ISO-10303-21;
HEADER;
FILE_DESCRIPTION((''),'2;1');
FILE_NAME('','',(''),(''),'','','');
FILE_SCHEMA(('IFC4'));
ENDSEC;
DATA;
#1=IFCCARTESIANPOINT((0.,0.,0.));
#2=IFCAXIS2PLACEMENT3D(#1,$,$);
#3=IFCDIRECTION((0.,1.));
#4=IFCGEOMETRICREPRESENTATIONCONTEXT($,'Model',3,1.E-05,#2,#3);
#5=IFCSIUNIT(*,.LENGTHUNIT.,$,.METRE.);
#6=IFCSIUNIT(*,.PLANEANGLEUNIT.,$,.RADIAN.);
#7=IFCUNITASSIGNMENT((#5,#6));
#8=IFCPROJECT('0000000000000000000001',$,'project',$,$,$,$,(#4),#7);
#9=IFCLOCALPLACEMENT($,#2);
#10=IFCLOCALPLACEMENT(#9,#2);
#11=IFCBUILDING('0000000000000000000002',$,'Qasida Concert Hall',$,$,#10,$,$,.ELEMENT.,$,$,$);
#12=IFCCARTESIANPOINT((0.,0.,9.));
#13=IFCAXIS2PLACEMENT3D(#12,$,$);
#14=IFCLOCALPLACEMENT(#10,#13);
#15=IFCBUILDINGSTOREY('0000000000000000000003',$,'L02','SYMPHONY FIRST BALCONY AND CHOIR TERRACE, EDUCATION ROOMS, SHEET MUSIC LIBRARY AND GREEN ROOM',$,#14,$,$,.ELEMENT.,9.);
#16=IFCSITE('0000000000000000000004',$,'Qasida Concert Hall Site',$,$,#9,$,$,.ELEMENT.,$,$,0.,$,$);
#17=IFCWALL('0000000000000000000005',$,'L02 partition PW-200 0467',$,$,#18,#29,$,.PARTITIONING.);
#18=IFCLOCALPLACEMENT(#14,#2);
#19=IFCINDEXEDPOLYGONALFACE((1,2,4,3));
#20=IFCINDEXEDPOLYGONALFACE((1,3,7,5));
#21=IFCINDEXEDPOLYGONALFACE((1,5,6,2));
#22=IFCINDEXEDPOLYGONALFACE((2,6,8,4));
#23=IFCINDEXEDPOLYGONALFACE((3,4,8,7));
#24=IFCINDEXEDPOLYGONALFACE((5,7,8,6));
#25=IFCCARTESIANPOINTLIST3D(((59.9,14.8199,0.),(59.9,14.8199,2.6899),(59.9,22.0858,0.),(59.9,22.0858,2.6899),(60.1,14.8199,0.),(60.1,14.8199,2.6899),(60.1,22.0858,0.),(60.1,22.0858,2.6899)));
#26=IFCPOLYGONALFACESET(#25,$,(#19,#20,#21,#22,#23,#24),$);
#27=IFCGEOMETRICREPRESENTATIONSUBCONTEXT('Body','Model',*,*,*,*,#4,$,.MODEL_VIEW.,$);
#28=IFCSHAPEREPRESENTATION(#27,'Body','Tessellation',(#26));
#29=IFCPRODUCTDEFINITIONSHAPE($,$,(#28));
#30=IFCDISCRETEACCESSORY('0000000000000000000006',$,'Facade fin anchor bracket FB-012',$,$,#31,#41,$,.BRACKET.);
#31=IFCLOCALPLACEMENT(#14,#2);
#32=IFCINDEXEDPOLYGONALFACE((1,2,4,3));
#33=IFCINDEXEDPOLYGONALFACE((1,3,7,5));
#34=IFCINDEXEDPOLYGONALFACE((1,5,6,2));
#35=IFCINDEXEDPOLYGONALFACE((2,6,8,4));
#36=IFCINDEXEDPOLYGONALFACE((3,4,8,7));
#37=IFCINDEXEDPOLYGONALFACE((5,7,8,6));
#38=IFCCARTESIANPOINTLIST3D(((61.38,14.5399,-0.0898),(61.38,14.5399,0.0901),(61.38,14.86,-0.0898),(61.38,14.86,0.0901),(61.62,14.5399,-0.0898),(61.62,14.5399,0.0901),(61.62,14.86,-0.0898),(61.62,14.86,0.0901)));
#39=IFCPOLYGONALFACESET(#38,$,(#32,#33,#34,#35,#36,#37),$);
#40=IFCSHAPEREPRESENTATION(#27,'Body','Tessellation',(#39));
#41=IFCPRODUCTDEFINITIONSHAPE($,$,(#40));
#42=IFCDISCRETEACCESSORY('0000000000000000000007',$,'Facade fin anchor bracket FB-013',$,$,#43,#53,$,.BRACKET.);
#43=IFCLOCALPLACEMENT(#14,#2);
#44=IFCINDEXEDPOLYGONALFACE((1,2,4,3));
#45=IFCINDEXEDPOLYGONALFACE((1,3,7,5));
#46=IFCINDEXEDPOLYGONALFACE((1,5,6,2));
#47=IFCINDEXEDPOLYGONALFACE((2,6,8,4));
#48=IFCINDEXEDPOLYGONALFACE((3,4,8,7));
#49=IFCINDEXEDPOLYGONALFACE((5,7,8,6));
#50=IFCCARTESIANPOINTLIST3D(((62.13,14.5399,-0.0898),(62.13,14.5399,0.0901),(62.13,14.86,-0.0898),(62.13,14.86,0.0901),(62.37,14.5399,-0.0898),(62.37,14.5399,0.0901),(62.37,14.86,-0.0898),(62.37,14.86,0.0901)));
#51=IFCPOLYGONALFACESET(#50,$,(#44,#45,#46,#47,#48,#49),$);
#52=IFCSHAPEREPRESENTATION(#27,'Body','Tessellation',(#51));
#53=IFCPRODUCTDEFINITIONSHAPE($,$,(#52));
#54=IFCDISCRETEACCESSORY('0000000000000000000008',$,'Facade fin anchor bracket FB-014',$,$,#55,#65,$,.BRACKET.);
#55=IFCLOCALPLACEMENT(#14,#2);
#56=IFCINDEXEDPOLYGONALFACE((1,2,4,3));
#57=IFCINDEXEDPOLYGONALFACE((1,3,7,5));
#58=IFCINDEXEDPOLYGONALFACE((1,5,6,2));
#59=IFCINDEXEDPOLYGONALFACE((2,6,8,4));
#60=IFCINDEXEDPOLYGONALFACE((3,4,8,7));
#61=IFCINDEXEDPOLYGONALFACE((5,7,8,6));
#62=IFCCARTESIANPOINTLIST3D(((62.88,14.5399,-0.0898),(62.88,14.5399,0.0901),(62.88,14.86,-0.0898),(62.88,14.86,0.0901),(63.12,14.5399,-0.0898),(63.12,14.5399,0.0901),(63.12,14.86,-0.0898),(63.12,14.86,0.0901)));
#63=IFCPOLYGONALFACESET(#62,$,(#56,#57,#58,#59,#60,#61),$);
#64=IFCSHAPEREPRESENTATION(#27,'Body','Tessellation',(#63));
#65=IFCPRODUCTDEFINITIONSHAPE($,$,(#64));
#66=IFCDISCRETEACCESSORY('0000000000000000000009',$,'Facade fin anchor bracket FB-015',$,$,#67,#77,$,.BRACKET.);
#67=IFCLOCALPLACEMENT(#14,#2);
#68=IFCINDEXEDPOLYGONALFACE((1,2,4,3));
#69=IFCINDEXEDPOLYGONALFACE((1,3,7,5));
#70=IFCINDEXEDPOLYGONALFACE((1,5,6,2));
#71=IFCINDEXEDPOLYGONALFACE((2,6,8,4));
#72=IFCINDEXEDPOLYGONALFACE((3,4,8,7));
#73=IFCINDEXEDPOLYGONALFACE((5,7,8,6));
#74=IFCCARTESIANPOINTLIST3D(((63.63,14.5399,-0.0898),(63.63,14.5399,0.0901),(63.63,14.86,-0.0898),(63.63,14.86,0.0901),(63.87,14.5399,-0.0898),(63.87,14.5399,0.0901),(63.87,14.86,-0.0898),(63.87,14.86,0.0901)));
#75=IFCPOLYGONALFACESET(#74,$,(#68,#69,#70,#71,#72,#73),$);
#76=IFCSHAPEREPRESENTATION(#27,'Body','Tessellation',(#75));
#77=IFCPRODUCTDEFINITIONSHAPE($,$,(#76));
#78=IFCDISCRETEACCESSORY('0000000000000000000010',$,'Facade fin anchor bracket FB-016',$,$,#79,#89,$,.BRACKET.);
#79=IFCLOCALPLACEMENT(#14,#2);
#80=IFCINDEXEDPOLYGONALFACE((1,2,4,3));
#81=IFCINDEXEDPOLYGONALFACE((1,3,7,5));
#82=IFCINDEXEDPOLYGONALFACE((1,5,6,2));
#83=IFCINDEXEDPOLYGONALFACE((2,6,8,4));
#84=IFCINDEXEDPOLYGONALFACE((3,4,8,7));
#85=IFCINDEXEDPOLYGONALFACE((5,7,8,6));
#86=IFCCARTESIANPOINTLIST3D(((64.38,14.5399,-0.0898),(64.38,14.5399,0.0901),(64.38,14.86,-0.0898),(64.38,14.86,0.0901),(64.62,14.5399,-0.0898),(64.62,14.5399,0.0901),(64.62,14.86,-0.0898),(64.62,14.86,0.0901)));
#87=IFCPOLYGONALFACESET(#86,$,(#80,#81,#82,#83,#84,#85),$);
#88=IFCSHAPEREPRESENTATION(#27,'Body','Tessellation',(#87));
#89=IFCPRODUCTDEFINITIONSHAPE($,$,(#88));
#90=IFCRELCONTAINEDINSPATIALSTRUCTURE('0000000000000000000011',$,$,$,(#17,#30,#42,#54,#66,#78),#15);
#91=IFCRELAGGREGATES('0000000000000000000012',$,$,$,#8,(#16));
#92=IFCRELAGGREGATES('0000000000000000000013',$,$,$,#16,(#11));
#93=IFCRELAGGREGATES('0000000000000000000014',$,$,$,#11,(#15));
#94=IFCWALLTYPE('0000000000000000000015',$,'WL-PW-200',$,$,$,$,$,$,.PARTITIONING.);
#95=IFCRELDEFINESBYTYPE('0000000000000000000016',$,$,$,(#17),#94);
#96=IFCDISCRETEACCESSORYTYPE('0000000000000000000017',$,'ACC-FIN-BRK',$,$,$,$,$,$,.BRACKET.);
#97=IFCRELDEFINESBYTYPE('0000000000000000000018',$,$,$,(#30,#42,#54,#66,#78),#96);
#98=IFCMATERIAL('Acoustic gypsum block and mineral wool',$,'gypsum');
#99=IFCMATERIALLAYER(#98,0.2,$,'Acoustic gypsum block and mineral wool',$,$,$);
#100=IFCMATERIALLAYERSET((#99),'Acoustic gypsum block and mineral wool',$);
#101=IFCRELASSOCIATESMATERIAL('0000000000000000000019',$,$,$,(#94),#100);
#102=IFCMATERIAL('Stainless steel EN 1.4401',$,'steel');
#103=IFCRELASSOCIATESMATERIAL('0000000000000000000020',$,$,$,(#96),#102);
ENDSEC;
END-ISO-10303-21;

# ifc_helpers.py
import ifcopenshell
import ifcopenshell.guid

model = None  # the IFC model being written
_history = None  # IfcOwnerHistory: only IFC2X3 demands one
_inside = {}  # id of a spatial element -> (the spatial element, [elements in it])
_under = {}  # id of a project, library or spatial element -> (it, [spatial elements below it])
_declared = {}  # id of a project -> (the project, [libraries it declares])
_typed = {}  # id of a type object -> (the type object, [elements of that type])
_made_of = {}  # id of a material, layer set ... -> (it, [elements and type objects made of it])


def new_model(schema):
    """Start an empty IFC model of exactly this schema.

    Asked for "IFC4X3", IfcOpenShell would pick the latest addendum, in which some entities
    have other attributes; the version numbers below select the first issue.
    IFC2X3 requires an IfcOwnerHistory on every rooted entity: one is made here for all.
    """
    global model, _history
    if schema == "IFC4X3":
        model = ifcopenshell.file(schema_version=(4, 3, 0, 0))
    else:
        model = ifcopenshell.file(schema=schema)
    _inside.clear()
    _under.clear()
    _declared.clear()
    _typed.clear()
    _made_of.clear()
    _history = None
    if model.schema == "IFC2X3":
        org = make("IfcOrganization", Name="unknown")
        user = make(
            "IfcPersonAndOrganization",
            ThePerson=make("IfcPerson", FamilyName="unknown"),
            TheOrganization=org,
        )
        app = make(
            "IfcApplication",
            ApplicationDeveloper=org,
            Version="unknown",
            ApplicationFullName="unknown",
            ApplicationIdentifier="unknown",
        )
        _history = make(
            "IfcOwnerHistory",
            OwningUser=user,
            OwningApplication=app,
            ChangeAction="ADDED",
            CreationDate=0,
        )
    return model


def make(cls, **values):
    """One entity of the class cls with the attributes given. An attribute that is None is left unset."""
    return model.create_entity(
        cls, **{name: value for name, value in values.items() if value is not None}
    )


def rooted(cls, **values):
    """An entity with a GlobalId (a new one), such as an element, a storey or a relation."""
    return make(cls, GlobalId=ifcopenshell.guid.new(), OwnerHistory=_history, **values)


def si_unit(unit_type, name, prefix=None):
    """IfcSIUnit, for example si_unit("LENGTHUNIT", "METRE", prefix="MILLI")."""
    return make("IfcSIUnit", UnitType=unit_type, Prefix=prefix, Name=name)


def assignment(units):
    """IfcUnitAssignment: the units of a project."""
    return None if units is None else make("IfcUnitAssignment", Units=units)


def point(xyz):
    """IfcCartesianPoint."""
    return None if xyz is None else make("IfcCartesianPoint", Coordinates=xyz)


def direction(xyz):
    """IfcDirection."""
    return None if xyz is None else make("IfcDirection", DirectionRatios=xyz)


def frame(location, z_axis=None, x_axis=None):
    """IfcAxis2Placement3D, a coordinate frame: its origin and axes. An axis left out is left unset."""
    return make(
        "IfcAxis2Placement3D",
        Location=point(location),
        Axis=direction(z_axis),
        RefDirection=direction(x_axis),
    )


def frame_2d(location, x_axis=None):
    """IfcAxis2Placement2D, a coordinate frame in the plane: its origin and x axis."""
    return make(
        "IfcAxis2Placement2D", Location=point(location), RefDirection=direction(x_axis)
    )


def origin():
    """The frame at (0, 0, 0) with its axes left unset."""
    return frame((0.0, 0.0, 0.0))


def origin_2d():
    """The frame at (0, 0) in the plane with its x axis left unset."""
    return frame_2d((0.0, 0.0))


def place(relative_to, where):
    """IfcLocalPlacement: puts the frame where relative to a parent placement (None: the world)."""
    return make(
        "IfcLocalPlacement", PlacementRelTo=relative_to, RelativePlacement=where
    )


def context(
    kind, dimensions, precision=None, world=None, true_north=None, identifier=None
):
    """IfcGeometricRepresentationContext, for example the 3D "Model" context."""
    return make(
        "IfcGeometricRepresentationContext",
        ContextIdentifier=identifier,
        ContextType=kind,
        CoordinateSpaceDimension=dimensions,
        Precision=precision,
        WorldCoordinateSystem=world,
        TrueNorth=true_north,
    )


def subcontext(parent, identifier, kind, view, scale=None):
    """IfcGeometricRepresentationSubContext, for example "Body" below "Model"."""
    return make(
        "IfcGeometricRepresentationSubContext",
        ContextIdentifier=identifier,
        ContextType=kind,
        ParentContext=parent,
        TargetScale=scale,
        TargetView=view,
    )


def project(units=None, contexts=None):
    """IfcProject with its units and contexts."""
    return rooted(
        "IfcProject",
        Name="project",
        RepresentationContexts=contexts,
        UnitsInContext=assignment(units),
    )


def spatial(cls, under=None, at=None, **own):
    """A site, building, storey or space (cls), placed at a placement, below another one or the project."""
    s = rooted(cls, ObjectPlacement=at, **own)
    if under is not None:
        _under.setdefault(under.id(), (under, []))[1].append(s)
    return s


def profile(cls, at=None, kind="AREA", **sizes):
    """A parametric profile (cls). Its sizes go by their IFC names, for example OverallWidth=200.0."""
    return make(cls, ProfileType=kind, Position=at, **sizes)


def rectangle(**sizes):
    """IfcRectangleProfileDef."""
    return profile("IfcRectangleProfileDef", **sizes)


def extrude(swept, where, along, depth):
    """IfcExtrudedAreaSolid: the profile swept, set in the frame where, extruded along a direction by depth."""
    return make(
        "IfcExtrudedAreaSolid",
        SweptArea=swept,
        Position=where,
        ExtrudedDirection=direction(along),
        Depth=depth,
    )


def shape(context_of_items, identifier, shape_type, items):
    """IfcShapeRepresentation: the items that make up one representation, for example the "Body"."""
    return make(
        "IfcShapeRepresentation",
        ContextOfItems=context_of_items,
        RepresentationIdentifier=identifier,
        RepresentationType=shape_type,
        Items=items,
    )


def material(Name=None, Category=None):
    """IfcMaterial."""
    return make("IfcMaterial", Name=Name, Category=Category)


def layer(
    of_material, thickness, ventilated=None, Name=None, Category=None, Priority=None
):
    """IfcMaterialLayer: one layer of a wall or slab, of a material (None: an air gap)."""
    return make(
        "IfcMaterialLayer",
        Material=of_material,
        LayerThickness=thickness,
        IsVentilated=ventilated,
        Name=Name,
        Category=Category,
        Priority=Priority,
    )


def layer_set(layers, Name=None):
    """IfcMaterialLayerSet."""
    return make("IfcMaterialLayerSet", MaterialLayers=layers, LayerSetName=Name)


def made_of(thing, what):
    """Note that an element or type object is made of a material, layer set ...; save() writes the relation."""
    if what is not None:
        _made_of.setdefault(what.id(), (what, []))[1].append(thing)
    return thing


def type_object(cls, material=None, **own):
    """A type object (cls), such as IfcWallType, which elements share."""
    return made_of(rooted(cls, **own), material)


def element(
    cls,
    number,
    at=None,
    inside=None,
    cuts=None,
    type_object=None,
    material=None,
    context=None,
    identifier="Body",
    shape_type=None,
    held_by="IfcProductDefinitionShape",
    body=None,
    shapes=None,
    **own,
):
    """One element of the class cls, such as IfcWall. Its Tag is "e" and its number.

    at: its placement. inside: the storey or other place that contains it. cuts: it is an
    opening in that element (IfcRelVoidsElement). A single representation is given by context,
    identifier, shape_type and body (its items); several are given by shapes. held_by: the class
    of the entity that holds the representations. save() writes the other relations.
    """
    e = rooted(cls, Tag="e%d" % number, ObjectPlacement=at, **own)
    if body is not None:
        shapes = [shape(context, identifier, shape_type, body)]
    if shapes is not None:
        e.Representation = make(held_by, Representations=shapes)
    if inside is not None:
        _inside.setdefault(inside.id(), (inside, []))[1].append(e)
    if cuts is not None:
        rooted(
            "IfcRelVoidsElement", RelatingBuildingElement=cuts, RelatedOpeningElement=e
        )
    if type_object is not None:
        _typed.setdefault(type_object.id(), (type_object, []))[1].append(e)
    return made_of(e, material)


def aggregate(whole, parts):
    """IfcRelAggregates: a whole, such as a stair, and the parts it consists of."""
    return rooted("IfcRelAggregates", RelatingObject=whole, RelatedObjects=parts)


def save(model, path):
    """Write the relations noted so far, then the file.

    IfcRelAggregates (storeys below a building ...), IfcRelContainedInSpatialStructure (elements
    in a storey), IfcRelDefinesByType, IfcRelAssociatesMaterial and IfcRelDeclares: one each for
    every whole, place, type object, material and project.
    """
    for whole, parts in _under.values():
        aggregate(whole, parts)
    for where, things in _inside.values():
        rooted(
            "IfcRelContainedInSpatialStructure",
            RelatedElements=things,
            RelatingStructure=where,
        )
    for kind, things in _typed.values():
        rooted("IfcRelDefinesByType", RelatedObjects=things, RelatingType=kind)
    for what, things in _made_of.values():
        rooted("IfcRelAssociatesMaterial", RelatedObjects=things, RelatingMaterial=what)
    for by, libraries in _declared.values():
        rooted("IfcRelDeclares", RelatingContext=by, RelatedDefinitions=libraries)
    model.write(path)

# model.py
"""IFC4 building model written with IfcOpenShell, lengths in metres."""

from ifc_helpers import new_model, si_unit, direction, frame, frame_2d, origin, origin_2d, place, context, subcontext, project, spatial, rectangle, extrude, material, layer, layer_set, type_object, element, save


model = new_model("IFC4")

# Units and contexts
model_context = context("Model", 3, precision=1e-05, world=origin(), true_north=direction((0.0, 1.0)))
body_context = subcontext(model_context, "Body", "Model", "MODEL_VIEW")
ifc_project = project(units=[si_unit("LENGTHUNIT", "METRE"), si_unit("PLANEANGLEUNIT", "RADIAN")], contexts=[model_context])

# Site, building, storey
site_placement = place(None, origin())
site = spatial("IfcSite", under=ifc_project, at=site_placement, Name="Qasida Concert Hall Site", CompositionType="ELEMENT", RefElevation=0.0)
building_placement = place(site_placement, origin())
building = spatial("IfcBuilding", under=site, at=building_placement, Name="Qasida Concert Hall", CompositionType="ELEMENT")
storey_placement = place(building_placement, frame((0.0, 0.0, 9.0)))
storey = spatial("IfcBuildingStorey", under=building, at=storey_placement, Name="L02", Description="SYMPHONY FIRST BALCONY AND CHOIR TERRACE, EDUCATION ROOMS, SHEET MUSIC LIBRARY AND GREEN ROOM", CompositionType="ELEMENT", Elevation=9.0)

# Wall
ifc_material_1 = material(Name="Acoustic gypsum block and mineral wool", Category="gypsum")
ifc_layer_1 = layer(ifc_material_1, 0.2, Name="Acoustic gypsum block and mineral wool")
ifc_layer_set_1 = layer_set([ifc_layer_1], Name="Acoustic gypsum block and mineral wool")
wall_type = type_object("IfcWallType", Name="WL-PW-200", PredefinedType="PARTITIONING", material=ifc_layer_set_1)
wall_placement = place(storey_placement, frame((60.0, 14.8201, 0.0), z_axis=(0.0, 0.0, 1.0), x_axis=(0.0, 1.0, 0.0)))
element("IfcWall", 1, at=wall_placement, inside=storey, type_object=wall_type, Name="L02 partition PW-200 0467", PredefinedType="PARTITIONING", context=body_context, shape_type="SweptSolid", body=[
    extrude(rectangle(XDim=7.2659, YDim=0.2, at=frame_2d((3.6328, 0.0))), origin(), (0.0, 0.0, 1.0), 2.6899),
])

# Discrete accessories
ifc_material_2 = material(Name="Stainless steel EN 1.4401", Category="steel")
discrete_accessory_type = type_object("IfcDiscreteAccessoryType", Name="ACC-FIN-BRK", PredefinedType="BRACKET", material=ifc_material_2)
for number, where, z_axis, x_axis, name in (
    (2, (61.5, 14.7, -0.0898), (0.0, 0.0, 1.0), (1.0, 0.0, 0.0), "Facade fin anchor bracket FB-012"),
    (3, (62.25, 14.7, -0.0898), (0.0, 0.0, 1.0), (1.0, 0.0, 0.0), "Facade fin anchor bracket FB-013"),
    (4, (63.0, 14.7, -0.0898), (0.0, 0.0, 1.0), (1.0, 0.0, 0.0), "Facade fin anchor bracket FB-014"),
    (5, (63.75, 14.7, -0.0898), (0.0, 0.0, 1.0), (1.0, 0.0, 0.0), "Facade fin anchor bracket FB-015"),
    (6, (64.5, 14.7, -0.0898), (0.0, 0.0, 1.0), (1.0, 0.0, 0.0), "Facade fin anchor bracket FB-016"),
):
    element("IfcDiscreteAccessory", number, at=place(storey_placement, frame(where, z_axis=z_axis, x_axis=x_axis)), inside=storey, type_object=discrete_accessory_type, Name=name, PredefinedType="BRACKET", context=body_context, shape_type="SweptSolid", body=[
        extrude(rectangle(XDim=0.24, YDim=0.3201, at=origin_2d()), origin(), (0.0, 0.0, 1.0), 0.1799),
    ])

save(model, "model.ifc")
